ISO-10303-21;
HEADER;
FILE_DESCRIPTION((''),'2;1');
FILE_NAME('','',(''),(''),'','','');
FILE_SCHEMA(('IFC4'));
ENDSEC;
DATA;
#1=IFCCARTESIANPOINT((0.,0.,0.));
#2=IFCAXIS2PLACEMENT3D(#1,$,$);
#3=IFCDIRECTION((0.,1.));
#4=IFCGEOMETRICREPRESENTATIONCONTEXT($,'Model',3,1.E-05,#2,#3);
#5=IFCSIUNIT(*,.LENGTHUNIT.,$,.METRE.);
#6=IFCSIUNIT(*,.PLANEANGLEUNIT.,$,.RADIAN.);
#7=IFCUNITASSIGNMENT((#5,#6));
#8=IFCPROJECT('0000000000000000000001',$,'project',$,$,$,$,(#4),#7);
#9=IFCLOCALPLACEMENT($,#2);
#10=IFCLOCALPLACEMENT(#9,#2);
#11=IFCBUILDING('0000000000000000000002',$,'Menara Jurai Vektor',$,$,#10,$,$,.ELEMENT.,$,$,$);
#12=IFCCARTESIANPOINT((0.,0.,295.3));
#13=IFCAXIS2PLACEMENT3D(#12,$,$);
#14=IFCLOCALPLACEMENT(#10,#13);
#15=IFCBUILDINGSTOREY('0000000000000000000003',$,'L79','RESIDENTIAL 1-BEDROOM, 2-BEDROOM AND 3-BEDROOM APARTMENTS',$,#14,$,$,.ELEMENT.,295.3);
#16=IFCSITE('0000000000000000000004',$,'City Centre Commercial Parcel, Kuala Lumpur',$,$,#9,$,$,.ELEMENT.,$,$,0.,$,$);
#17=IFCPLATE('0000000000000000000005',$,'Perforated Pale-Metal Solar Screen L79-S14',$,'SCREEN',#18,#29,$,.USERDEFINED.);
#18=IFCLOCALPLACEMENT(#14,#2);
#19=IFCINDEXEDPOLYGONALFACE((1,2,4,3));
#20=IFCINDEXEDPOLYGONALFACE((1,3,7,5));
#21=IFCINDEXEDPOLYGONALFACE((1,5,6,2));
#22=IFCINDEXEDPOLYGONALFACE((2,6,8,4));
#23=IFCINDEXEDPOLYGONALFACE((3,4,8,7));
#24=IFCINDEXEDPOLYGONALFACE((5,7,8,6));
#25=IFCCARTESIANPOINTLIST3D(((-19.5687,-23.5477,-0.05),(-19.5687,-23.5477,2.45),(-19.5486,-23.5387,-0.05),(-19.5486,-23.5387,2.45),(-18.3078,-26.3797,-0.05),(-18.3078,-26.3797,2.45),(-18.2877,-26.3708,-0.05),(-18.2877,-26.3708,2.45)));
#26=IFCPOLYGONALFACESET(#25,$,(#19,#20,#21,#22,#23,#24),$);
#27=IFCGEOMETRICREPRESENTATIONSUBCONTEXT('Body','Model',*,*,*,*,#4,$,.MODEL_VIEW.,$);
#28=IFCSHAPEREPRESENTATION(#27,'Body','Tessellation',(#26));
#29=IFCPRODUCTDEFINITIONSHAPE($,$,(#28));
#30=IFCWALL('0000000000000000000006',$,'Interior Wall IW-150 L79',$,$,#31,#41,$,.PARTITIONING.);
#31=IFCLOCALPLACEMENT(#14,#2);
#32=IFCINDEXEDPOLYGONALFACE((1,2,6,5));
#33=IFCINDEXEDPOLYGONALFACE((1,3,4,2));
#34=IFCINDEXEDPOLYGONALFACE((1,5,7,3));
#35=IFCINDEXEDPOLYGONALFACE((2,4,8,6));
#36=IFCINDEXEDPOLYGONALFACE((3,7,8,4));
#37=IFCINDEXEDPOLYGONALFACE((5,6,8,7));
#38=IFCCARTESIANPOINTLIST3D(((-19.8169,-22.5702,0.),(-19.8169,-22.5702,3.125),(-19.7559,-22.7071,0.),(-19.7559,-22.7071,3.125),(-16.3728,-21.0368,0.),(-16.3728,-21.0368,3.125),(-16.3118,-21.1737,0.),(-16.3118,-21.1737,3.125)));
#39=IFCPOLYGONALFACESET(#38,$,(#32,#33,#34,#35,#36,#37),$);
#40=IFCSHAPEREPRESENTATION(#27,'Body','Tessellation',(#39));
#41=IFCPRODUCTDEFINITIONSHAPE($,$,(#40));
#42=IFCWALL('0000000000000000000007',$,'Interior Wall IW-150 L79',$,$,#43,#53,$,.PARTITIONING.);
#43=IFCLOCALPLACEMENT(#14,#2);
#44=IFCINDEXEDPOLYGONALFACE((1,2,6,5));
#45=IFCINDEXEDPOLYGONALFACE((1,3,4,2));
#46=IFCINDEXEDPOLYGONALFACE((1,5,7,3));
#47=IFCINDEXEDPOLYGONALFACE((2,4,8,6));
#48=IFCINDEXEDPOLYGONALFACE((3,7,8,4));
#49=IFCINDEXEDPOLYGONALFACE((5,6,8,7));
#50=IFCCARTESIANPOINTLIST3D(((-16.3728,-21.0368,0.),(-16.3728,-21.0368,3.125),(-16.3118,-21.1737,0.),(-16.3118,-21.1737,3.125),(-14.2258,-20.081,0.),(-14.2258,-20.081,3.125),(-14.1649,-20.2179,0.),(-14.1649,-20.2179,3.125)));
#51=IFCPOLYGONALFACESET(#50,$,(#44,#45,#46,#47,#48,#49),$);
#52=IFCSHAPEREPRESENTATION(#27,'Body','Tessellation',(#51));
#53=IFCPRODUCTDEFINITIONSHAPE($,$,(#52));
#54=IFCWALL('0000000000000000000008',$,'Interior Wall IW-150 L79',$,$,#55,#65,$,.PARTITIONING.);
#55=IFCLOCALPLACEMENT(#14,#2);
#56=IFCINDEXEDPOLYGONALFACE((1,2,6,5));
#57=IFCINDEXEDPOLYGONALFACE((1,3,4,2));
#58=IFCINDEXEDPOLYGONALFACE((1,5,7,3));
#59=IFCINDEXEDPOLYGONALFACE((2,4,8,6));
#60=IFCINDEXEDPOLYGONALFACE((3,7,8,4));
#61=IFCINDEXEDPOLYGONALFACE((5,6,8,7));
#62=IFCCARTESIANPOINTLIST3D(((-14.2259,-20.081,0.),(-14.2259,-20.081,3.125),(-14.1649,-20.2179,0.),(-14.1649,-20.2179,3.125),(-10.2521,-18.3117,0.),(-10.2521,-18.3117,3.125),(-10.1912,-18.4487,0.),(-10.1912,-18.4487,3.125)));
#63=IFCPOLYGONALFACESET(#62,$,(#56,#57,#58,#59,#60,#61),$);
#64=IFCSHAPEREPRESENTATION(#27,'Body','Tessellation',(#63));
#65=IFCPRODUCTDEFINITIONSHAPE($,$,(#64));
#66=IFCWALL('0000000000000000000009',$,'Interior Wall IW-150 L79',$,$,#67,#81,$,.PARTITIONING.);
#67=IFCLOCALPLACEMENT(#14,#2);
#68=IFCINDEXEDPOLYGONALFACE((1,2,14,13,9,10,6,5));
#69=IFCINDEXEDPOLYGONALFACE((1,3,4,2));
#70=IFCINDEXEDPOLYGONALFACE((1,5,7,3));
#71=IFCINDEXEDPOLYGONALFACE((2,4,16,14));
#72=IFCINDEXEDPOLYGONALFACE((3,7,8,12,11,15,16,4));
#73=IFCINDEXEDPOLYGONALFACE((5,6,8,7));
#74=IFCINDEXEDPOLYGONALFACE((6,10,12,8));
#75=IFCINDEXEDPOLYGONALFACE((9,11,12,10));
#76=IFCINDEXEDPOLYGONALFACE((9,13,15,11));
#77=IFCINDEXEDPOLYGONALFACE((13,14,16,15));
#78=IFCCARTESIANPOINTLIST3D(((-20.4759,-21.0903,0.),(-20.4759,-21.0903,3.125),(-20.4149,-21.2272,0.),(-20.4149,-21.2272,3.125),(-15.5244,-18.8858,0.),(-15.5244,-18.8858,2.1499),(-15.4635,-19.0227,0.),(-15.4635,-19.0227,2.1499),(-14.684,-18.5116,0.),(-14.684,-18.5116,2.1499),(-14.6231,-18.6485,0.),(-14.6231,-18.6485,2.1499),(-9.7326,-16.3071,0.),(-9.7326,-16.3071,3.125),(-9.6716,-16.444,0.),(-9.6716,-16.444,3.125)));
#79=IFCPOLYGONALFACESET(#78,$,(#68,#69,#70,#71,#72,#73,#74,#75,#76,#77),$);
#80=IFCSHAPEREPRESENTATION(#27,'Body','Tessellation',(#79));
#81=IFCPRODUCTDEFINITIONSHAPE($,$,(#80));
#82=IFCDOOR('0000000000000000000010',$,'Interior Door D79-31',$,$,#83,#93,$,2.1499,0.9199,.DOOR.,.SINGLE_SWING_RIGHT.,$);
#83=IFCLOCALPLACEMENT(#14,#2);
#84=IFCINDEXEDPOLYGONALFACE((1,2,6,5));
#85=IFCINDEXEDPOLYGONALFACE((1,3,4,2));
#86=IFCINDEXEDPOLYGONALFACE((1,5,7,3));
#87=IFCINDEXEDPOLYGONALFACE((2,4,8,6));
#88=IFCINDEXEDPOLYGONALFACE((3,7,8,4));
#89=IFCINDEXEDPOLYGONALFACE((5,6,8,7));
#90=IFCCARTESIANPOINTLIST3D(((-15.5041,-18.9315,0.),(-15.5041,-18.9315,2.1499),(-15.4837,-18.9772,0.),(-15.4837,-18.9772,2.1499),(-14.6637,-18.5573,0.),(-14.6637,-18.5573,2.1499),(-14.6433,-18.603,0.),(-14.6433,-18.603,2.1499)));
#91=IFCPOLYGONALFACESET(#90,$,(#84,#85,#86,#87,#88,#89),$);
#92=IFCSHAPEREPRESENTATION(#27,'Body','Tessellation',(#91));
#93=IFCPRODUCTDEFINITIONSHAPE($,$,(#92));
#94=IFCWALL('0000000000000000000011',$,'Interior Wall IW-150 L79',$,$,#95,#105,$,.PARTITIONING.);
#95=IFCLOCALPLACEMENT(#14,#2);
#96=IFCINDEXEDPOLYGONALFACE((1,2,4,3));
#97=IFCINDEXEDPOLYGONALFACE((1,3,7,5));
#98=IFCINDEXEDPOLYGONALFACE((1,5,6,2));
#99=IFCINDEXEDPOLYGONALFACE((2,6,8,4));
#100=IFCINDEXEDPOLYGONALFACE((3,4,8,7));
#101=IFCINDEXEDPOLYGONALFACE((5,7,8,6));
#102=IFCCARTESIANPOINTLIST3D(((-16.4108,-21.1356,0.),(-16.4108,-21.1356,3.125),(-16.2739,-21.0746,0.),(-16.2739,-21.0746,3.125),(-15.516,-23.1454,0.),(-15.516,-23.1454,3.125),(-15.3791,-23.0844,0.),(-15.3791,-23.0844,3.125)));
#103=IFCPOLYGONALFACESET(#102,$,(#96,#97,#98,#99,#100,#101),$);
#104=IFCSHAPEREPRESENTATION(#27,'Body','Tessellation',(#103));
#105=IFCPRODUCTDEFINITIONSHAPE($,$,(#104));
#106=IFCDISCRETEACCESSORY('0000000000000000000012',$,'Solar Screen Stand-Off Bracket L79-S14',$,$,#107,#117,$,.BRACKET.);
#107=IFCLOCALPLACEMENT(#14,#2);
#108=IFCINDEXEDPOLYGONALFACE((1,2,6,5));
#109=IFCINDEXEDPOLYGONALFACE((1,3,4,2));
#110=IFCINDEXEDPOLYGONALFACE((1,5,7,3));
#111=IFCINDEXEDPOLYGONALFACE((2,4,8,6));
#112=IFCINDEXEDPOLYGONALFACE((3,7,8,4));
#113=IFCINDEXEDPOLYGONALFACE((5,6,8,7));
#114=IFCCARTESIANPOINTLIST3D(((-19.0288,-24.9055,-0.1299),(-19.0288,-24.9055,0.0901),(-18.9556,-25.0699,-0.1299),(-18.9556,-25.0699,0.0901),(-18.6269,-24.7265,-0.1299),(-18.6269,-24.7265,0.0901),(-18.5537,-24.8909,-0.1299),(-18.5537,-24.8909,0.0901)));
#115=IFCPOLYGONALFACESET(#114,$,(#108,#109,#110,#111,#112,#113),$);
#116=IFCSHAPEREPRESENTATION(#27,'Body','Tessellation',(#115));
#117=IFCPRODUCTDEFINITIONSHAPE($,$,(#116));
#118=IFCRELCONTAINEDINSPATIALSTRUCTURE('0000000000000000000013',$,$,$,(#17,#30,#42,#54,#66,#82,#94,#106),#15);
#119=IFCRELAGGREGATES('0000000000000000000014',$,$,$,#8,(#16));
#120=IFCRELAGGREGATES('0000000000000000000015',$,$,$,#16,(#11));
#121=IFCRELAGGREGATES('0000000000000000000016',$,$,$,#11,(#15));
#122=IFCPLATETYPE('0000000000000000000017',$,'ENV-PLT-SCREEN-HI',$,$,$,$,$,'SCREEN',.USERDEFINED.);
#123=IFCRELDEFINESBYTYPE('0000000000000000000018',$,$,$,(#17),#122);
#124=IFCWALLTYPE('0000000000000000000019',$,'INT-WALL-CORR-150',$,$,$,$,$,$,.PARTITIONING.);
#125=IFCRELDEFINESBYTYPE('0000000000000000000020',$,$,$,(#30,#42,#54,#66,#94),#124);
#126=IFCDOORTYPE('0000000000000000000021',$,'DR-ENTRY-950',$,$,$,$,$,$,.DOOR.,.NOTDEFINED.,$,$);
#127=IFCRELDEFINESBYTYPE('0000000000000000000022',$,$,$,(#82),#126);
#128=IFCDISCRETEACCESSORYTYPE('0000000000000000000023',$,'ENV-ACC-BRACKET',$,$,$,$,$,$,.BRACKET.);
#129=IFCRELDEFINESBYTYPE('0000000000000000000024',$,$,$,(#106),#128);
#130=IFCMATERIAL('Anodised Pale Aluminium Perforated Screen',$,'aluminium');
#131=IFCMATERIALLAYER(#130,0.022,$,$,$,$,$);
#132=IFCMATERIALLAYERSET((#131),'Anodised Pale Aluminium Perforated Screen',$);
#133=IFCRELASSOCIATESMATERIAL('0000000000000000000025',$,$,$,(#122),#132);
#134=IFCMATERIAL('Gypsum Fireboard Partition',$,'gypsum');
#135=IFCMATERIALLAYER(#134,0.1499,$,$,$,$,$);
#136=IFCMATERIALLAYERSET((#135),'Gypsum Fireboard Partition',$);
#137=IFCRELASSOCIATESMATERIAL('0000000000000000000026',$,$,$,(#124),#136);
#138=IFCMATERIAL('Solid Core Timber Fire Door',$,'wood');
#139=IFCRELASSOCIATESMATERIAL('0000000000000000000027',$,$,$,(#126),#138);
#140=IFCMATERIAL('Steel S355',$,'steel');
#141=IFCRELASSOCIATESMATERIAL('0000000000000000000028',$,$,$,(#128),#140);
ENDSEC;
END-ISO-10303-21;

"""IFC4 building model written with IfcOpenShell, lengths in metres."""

from ifc_helpers import new_model, si_unit, direction, frame, frame_2d, origin, origin_2d, place, context, subcontext, project, spatial, rectangle, extrude, material, layer, layer_set, type_object, element, fill, save


model = new_model("IFC4")

# Units and contexts
model_context = context("Model", 3, precision=1e-05, world=origin(), true_north=direction((0.0, 1.0)))
body_context = subcontext(model_context, "Body", "Model", "MODEL_VIEW")
ifc_project = project(units=[si_unit("LENGTHUNIT", "METRE"), si_unit("PLANEANGLEUNIT", "RADIAN")], contexts=[model_context])

# Site, building, storey
site_placement = place(None, origin())
site = spatial("IfcSite", under=ifc_project, at=site_placement, Name="City Centre Commercial Parcel, Kuala Lumpur", CompositionType="ELEMENT", RefElevation=0.0)
building_placement = place(site_placement, origin())
building = spatial("IfcBuilding", under=site, at=building_placement, Name="Menara Jurai Vektor", CompositionType="ELEMENT")
storey_placement = place(building_placement, frame((0.0, 0.0, 295.3)))
storey = spatial("IfcBuildingStorey", under=building, at=storey_placement, Name="L79", Description="RESIDENTIAL 1-BEDROOM, 2-BEDROOM AND 3-BEDROOM APARTMENTS", CompositionType="ELEMENT", Elevation=295.3)

# Shared definitions
ifc_material_1 = material(Name="Steel S355", Category="steel")

# Plate
ifc_material_2 = material(Name="Anodised Pale Aluminium Perforated Screen", Category="aluminium")
ifc_layer_1 = layer(ifc_material_2, 0.022)
ifc_layer_set_1 = layer_set([ifc_layer_1], Name="Anodised Pale Aluminium Perforated Screen")
plate_type_1 = type_object("IfcPlateType", Name="ENV-PLT-SCREEN-HI", ElementType="SCREEN", PredefinedType="USERDEFINED", material=ifc_layer_set_1)
plate_1_placement = place(storey_placement, frame((-18.9282, -24.9592, -0.05), z_axis=(0.0, 0.0, 1.0), x_axis=(0.406737, -0.913545, 0.0)))
element("IfcPlate", 1, at=plate_1_placement, inside=storey, type_object=plate_type_1, Name="Perforated Pale-Metal Solar Screen L79-S14", ObjectType="SCREEN", PredefinedType="USERDEFINED", context=body_context, shape_type="SweptSolid", body=[
    extrude(rectangle(XDim=3.1001, YDim=0.022, at=origin_2d()), origin(), (0.0, 0.0, 1.0), 2.5),
])

# Walls
ifc_material_3 = material(Name="Gypsum Fireboard Partition", Category="gypsum")
ifc_layer_2 = layer(ifc_material_3, 0.1499)
ifc_layer_set_2 = layer_set([ifc_layer_2], Name="Gypsum Fireboard Partition")
wall_type = type_object("IfcWallType", Name="INT-WALL-CORR-150", PredefinedType="PARTITIONING", material=ifc_layer_set_2)
wall_1_placement = place(storey_placement, frame((-19.7864, -22.6387, 0.0), z_axis=(0.0, 0.0, 1.0), x_axis=(0.913542, 0.406745, 0.0)))
element("IfcWall", 2, at=wall_1_placement, inside=storey, type_object=wall_type, Name="Interior Wall IW-150 L79", PredefinedType="PARTITIONING", context=body_context, shape_type="SweptSolid", body=[
    extrude(rectangle(XDim=3.77, YDim=0.1499, at=frame_2d((1.885, 0.0))), origin(), (0.0, 0.0, 1.0), 3.125),
])
wall_2_placement = place(storey_placement, frame((-16.3423, -21.1052, 0.0), z_axis=(0.0, 0.0, 1.0), x_axis=(0.913559, 0.406707, 0.0)))
element("IfcWall", 3, at=wall_2_placement, inside=storey, type_object=wall_type, Name="Interior Wall IW-150 L79", PredefinedType="PARTITIONING", context=body_context, shape_type="SweptSolid", body=[
    extrude(rectangle(XDim=2.3501, YDim=0.1499, at=frame_2d((1.175, 0.0))), origin(), (0.0, 0.0, 1.0), 3.125),
])
wall_3_placement = place(storey_placement, frame((-14.1953, -20.1494, 0.0), z_axis=(0.0, 0.0, 1.0), x_axis=(0.913545, 0.406737, 0.0)))
element("IfcWall", 4, at=wall_3_placement, inside=storey, type_object=wall_type, Name="Interior Wall IW-150 L79", PredefinedType="PARTITIONING", context=body_context, shape_type="SweptSolid", body=[
    extrude(rectangle(XDim=4.3499, YDim=0.1499, at=frame_2d((2.1748, 0.0))), origin(), (0.0, 0.0, 1.0), 3.125),
])

# Wall, opening, door
wall_4_placement = place(storey_placement, frame((-20.4453, -21.1587, 0.0), z_axis=(0.0, 0.0, 1.0), x_axis=(0.913548, 0.406732, 0.0)))
wall_4 = element("IfcWall", 5, at=wall_4_placement, inside=storey, type_object=wall_type, Name="Interior Wall IW-150 L79", PredefinedType="PARTITIONING", context=body_context, shape_type="SweptSolid", body=[
    extrude(rectangle(XDim=11.76, YDim=0.1499, at=frame_2d((5.8799, 0.0))), origin(), (0.0, 0.0, 1.0), 3.125),
])
opening_1_placement = place(wall_4_placement, frame((5.4199, 0.0, 0.0)))
opening_1 = element("IfcOpeningElement", 6, at=opening_1_placement, cuts=wall_4, PredefinedType="OPENING", context=body_context, shape_type="SweptSolid", body=[
    extrude(rectangle(XDim=0.9199, YDim=2.1499, at=frame_2d((0.46, 1.075))), frame((0.0, 0.085, 0.0), z_axis=(0.0, -1.0, 0.0), x_axis=(1.0, 0.0, 0.0)), (0.0, 0.0, 1.0), 0.1699),
])
ifc_material_4 = material(Name="Solid Core Timber Fire Door", Category="wood")
door_type_1 = type_object("IfcDoorType", Name="DR-ENTRY-950", OperationType="NOTDEFINED", PredefinedType="DOOR", material=ifc_material_4)
door_1_placement = place(opening_1_placement, origin())
door_1 = element("IfcDoor", 7, at=door_1_placement, inside=storey, type_object=door_type_1, Name="Interior Door D79-31", OperationType="SINGLE_SWING_RIGHT", OverallHeight=2.1499, OverallWidth=0.9199, PredefinedType="DOOR", context=body_context, shape_type="SweptSolid", body=[
    extrude(rectangle(XDim=0.9199, YDim=2.1499, at=frame_2d((0.46, 1.075))), frame((0.0, 0.0249, 0.0), z_axis=(0.0, -1.0, 0.0), x_axis=(1.0, 0.0, 0.0)), (0.0, 0.0, 1.0), 0.05),
])
fill(opening_1, door_1)

# Wall
wall_5_placement = place(storey_placement, frame((-15.4475, -23.115, 0.0), z_axis=(0.0, 0.0, 1.0), x_axis=(-0.406725, 0.913551, 0.0)))
element("IfcWall", 8, at=wall_5_placement, inside=storey, type_object=wall_type, Name="Interior Wall IW-150 L79", PredefinedType="PARTITIONING", context=body_context, shape_type="SweptSolid", body=[
    extrude(rectangle(XDim=2.2, YDim=0.1499, at=frame_2d((1.1001, 0.0))), origin(), (0.0, 0.0, 1.0), 3.125),
])

# Discrete accessory
discrete_accessory_type = type_object("IfcDiscreteAccessoryType", Name="ENV-ACC-BRACKET", PredefinedType="BRACKET", material=ifc_material_1)
discrete_accessory_placement = place(storey_placement, frame((-18.7913, -24.8982, -0.1299), z_axis=(0.0, 0.0, 1.0), x_axis=(0.406737, -0.913545, 0.0)))
element("IfcDiscreteAccessory", 9, at=discrete_accessory_placement, inside=storey, type_object=discrete_accessory_type, Name="Solar Screen Stand-Off Bracket L79-S14", PredefinedType="BRACKET", context=body_context, shape_type="SweptSolid", body=[
    extrude(rectangle(XDim=0.1799, YDim=0.4399, at=origin_2d()), origin(), (0.0, 0.0, 1.0), 0.22),
])

save(model, "model.ifc")
